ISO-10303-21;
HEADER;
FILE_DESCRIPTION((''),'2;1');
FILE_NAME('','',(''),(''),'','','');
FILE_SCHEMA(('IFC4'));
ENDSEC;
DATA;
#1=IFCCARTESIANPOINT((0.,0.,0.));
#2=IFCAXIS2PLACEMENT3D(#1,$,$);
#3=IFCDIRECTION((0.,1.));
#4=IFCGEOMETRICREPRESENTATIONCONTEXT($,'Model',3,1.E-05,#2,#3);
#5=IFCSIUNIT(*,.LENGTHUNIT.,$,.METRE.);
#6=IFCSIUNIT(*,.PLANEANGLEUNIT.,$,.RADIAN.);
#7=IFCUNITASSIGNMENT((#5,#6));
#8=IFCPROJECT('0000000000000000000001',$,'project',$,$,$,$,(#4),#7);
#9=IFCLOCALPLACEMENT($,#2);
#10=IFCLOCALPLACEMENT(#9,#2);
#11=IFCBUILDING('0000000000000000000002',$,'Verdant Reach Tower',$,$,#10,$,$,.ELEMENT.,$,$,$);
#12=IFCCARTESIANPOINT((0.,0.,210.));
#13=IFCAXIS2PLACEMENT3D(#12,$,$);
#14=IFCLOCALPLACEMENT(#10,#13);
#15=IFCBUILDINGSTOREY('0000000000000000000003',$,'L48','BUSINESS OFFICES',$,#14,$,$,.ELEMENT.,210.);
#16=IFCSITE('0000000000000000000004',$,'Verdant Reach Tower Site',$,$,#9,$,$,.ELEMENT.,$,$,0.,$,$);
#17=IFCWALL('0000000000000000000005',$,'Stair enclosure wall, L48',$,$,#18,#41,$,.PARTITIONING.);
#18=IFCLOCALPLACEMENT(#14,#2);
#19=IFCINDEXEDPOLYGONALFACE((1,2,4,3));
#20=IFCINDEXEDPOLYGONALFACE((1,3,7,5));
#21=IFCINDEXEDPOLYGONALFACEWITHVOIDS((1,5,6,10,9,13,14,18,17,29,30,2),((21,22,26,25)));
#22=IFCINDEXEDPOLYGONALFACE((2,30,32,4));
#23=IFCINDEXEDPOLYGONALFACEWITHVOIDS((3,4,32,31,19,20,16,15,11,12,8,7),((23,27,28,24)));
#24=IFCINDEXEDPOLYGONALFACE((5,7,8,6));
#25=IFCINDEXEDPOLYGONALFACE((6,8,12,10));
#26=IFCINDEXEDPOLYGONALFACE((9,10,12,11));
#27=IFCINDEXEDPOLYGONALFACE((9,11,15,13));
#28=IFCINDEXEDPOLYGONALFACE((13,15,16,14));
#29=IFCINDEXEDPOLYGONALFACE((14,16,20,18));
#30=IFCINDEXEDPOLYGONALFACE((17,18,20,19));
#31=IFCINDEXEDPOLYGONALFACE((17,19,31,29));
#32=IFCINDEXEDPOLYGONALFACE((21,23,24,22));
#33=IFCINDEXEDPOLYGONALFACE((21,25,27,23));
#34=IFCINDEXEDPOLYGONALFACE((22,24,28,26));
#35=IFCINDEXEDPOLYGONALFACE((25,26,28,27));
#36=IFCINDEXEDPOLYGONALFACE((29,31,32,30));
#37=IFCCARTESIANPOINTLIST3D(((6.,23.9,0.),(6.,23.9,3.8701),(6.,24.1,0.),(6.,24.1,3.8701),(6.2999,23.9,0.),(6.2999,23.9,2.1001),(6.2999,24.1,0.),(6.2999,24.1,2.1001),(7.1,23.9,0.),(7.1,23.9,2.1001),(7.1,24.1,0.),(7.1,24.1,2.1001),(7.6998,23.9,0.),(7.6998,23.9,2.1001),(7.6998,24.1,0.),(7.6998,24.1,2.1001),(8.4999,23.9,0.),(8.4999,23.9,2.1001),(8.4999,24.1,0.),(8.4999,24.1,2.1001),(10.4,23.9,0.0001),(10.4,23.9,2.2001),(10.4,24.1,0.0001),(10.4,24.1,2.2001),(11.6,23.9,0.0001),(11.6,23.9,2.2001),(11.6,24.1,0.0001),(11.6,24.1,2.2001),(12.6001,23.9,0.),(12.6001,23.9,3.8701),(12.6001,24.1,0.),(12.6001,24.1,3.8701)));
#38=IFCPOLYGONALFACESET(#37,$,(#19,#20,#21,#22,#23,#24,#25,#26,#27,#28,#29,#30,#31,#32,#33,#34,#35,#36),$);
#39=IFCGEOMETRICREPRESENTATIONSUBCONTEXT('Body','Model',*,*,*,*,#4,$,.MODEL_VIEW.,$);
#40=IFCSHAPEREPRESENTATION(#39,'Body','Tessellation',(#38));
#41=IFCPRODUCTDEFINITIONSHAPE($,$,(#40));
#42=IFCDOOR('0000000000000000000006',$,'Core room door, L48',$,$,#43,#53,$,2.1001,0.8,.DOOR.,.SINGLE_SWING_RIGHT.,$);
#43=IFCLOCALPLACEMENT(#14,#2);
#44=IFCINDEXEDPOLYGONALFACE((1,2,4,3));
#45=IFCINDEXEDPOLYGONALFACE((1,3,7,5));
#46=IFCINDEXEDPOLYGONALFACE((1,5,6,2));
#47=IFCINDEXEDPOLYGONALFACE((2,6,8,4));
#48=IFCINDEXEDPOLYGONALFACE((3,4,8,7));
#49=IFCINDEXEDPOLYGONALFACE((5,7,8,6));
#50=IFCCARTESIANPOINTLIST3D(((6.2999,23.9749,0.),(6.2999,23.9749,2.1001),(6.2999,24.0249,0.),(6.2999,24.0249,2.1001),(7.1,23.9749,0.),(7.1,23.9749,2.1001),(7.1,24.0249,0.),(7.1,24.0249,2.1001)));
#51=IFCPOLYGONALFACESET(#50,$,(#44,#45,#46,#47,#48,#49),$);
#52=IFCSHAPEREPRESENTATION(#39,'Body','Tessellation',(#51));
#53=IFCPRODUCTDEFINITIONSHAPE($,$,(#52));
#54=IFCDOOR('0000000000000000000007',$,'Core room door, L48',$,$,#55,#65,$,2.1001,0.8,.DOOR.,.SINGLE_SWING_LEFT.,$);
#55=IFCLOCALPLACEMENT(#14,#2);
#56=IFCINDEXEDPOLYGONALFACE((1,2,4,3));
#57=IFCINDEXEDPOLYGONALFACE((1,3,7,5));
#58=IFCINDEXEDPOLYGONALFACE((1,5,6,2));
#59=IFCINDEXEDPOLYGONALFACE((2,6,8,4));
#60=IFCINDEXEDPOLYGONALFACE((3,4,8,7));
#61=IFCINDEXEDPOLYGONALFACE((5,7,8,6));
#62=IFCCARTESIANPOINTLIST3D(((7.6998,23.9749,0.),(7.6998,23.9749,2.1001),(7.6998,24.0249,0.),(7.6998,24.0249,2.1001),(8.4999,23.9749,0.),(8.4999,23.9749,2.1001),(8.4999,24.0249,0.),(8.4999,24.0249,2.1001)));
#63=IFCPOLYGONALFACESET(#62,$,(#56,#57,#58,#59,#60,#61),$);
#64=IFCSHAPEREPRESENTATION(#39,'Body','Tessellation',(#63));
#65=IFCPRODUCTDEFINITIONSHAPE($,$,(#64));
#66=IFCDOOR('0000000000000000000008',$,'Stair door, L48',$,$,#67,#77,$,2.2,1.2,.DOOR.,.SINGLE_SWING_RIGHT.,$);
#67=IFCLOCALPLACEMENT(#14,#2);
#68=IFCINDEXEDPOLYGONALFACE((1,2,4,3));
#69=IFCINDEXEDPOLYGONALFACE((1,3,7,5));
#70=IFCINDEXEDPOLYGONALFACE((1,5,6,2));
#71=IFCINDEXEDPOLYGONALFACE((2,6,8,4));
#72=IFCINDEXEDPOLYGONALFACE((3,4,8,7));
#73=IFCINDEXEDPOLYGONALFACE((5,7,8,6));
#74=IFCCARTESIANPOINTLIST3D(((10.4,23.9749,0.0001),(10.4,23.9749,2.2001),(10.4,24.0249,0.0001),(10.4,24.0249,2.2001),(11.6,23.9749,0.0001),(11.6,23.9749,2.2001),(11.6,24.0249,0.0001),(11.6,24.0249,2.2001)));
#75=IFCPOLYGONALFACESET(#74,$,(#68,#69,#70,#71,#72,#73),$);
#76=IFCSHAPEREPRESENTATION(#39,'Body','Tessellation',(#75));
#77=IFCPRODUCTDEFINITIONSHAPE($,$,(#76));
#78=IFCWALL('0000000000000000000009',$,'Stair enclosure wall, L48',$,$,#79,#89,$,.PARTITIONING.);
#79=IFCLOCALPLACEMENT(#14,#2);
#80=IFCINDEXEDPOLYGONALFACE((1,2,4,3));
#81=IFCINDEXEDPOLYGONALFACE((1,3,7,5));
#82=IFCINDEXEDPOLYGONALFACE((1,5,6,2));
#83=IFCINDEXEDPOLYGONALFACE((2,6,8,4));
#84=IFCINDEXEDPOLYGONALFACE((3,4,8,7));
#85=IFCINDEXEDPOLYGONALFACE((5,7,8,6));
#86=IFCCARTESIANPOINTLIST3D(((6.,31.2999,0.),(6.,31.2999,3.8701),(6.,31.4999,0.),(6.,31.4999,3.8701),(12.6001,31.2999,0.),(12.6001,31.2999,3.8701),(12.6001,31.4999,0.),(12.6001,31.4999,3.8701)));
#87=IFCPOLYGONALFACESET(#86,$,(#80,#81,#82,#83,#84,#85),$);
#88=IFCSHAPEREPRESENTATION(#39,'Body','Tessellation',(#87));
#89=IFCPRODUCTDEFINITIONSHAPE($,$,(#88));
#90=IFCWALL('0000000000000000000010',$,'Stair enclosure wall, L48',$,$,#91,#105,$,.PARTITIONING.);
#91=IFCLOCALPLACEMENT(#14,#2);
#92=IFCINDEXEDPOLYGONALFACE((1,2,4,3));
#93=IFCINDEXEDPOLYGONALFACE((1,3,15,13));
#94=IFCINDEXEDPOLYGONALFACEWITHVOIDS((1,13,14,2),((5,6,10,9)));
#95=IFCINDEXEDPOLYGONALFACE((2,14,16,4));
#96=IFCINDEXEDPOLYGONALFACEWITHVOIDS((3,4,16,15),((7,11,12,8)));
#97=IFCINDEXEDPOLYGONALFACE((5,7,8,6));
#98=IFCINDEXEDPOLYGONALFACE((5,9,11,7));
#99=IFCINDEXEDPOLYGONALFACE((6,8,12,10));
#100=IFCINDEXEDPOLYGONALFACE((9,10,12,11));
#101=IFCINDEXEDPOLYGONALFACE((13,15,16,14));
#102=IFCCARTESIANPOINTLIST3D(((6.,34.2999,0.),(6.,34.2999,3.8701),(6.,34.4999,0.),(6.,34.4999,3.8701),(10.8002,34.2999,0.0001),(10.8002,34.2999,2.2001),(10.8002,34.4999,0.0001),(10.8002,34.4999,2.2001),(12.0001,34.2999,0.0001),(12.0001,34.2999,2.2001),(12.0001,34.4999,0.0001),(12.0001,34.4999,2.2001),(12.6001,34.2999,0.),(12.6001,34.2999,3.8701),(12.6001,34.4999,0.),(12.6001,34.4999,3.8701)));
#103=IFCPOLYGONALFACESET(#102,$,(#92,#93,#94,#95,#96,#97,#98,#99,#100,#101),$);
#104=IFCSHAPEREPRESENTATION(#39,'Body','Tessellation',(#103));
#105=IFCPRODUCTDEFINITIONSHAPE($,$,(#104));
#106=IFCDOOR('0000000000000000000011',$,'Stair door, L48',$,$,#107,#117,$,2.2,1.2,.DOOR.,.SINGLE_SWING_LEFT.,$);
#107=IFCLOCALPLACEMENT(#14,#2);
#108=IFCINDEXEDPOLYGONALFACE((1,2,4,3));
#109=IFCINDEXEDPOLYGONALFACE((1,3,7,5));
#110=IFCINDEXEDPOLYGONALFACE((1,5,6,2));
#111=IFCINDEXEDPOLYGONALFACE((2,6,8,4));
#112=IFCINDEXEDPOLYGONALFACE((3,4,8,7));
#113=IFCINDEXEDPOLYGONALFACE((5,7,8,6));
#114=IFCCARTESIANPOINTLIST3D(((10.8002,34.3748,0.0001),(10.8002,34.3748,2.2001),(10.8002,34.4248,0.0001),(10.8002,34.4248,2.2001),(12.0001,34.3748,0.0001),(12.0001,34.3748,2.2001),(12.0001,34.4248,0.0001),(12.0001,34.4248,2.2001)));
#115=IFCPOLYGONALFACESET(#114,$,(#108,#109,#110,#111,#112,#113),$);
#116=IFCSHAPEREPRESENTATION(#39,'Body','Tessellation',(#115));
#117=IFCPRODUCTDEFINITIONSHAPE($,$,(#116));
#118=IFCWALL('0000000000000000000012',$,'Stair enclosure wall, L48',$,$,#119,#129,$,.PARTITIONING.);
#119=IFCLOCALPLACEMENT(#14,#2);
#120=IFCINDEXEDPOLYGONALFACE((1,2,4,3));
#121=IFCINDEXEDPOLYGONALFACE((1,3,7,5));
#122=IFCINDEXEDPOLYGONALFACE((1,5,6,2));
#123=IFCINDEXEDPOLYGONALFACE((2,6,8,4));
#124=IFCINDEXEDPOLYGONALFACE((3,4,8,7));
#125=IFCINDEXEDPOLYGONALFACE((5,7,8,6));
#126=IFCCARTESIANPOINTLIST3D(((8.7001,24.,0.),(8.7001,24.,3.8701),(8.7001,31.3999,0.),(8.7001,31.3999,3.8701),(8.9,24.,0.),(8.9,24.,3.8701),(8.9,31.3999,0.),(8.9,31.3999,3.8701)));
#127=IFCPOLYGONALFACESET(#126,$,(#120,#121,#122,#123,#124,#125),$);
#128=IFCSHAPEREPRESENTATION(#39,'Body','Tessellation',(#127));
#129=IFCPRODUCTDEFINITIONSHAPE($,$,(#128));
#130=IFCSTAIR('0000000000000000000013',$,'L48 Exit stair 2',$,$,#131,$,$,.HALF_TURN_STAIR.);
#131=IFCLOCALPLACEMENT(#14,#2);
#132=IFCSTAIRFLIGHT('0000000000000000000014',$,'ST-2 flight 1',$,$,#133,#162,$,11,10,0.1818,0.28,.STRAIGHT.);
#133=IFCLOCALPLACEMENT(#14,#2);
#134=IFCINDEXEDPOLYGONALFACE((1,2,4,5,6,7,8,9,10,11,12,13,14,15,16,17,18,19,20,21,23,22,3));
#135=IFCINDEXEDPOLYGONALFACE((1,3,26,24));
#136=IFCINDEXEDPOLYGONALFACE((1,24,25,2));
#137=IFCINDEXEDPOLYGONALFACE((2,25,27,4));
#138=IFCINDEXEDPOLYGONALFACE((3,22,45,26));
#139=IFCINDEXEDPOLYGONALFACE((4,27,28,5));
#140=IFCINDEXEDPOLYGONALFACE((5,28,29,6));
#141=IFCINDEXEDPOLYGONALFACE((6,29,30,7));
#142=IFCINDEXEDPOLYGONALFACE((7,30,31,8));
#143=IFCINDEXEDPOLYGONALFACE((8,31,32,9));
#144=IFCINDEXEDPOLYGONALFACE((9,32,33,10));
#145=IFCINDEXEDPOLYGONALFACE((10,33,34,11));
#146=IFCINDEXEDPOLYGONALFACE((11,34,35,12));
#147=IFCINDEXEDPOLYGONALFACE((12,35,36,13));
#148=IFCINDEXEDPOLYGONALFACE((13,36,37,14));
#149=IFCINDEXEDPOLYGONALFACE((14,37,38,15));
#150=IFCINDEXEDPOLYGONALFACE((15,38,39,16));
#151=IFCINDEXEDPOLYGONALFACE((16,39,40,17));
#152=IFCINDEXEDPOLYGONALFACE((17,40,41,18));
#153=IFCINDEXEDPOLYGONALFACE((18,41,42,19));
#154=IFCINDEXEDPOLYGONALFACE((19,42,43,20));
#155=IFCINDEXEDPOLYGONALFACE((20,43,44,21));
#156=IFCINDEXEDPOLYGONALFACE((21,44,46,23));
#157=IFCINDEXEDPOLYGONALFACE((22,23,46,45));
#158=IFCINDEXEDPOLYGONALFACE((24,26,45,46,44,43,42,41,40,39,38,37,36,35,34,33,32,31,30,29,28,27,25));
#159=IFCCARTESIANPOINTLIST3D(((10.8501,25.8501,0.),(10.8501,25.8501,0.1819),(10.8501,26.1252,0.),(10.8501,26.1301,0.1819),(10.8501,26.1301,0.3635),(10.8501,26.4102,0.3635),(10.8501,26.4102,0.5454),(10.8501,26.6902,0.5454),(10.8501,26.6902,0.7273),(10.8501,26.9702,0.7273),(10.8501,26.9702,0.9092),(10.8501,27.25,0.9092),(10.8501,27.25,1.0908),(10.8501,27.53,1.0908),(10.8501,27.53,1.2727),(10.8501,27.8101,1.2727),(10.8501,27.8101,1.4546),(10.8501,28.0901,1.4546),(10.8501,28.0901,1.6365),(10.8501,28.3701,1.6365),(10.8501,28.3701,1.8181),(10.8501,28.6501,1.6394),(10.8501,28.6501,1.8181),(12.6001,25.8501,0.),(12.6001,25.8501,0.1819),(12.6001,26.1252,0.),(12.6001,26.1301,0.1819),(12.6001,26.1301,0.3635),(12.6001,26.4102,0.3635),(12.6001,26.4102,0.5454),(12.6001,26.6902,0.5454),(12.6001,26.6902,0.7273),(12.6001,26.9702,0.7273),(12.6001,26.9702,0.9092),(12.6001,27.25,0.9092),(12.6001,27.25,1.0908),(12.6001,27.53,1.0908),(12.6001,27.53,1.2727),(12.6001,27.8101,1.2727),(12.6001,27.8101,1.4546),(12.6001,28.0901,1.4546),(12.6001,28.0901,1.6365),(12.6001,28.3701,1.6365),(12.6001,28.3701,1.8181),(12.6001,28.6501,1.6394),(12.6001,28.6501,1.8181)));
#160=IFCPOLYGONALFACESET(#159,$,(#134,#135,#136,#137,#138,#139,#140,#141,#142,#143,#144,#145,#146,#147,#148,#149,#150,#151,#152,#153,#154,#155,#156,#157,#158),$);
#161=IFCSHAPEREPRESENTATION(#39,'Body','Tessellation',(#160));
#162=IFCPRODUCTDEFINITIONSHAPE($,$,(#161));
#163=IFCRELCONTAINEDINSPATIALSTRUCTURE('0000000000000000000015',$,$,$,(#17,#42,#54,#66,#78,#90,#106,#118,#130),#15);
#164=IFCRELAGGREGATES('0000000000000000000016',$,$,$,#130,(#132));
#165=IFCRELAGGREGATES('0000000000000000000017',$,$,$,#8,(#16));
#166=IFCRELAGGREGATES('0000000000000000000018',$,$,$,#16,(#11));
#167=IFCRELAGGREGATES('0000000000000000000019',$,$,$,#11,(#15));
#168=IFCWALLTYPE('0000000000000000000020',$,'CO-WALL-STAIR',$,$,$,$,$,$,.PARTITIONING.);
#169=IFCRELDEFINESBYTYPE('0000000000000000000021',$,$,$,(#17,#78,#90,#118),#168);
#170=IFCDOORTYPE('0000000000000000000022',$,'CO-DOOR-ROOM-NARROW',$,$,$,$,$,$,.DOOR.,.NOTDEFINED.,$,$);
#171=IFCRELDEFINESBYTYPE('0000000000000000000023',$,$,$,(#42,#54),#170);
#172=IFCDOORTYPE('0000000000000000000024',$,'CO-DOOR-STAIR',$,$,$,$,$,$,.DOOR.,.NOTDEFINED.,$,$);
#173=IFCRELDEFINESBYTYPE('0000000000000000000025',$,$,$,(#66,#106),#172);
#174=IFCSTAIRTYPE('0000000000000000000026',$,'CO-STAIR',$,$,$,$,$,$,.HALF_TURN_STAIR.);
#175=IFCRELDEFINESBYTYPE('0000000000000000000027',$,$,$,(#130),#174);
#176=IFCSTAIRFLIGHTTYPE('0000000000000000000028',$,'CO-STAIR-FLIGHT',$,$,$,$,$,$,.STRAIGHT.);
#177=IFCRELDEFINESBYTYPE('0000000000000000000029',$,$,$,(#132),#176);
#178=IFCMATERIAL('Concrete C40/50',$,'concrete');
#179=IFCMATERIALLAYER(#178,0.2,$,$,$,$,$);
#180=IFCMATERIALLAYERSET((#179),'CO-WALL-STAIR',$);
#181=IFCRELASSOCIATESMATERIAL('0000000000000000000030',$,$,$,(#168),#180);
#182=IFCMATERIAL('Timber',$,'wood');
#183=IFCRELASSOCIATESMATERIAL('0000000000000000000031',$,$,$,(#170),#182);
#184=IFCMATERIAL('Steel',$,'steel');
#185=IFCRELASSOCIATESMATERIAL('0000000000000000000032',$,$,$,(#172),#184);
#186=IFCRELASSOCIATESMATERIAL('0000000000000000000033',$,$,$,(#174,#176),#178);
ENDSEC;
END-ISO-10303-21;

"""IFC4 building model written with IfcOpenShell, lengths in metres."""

from ifc_helpers import new_model, si_unit, direction, frame, frame_2d, origin, place, context, subcontext, project, spatial, polyline, rectangle, outline, extrude, material, layer, layer_set, type_object, element, fill, aggregate, save


model = new_model("IFC4")

# Units and contexts
model_context = context("Model", 3, precision=1e-05, world=origin(), true_north=direction((0.0, 1.0)))
body_context = subcontext(model_context, "Body", "Model", "MODEL_VIEW")
ifc_project = project(units=[si_unit("LENGTHUNIT", "METRE"), si_unit("PLANEANGLEUNIT", "RADIAN")], contexts=[model_context])

# Site, building, storey
site_placement = place(None, origin())
site = spatial("IfcSite", under=ifc_project, at=site_placement, Name="Verdant Reach Tower Site", CompositionType="ELEMENT", RefElevation=0.0)
building_placement = place(site_placement, origin())
building = spatial("IfcBuilding", under=site, at=building_placement, Name="Verdant Reach Tower", CompositionType="ELEMENT")
storey_placement = place(building_placement, frame((0.0, 0.0, 210.0)))
storey = spatial("IfcBuildingStorey", under=building, at=storey_placement, Name="L48", Description="BUSINESS OFFICES", CompositionType="ELEMENT", Elevation=210.0)

# Shared definitions
ifc_material_1 = material(Name="Timber", Category="wood")

# Shared definitions
ifc_material_2 = material(Name="Concrete C40/50", Category="concrete")

# Wall, openings, doors
ifc_layer_1 = layer(ifc_material_2, 0.2)
ifc_layer_set_1 = layer_set([ifc_layer_1], Name="CO-WALL-STAIR")
wall_type_1 = type_object("IfcWallType", Name="CO-WALL-STAIR", PredefinedType="PARTITIONING", material=ifc_layer_set_1)
wall_1_placement = place(storey_placement, frame((6.0, 24.0, 0.0), z_axis=(0.0, 0.0, 1.0), x_axis=(1.0, 0.0, 0.0)))
wall_1 = element("IfcWall", 1, at=wall_1_placement, inside=storey, type_object=wall_type_1, Name="Stair enclosure wall, L48", PredefinedType="PARTITIONING", context=body_context, shape_type="SweptSolid", body=[
    extrude(rectangle(XDim=6.6001, YDim=0.2, at=frame_2d((3.3, 0.0))), origin(), (0.0, 0.0, 1.0), 3.8701),
])
opening_1_placement = place(wall_1_placement, frame((0.3, 0.0, 0.0)))
opening_1 = element("IfcOpeningElement", 2, at=opening_1_placement, cuts=wall_1, PredefinedType="OPENING", context=body_context, shape_type="SweptSolid", body=[
    extrude(rectangle(XDim=0.8, YDim=2.1001, at=frame_2d((0.3999, 1.05))), frame((0.0, 0.1099, 0.0), z_axis=(0.0, -1.0, 0.0), x_axis=(1.0, 0.0, 0.0)), (0.0, 0.0, 1.0), 0.22),
])
opening_2_placement = place(wall_1_placement, frame((1.7, 0.0, 0.0)))
opening_2 = element("IfcOpeningElement", 3, at=opening_2_placement, cuts=wall_1, PredefinedType="OPENING", context=body_context, shape_type="SweptSolid", body=[
    extrude(rectangle(XDim=0.8, YDim=2.1001, at=frame_2d((0.3999, 1.05))), frame((0.0, 0.1099, 0.0), z_axis=(0.0, -1.0, 0.0), x_axis=(1.0, 0.0, 0.0)), (0.0, 0.0, 1.0), 0.22),
])
opening_3_placement = place(wall_1_placement, frame((4.3999, 0.0, 0.0)))
opening_3 = element("IfcOpeningElement", 4, at=opening_3_placement, cuts=wall_1, PredefinedType="OPENING", context=body_context, shape_type="SweptSolid", body=[
    extrude(rectangle(XDim=1.2, YDim=2.2, at=frame_2d((0.6001, 1.1001))), frame((0.0, 0.1099, 0.0), z_axis=(0.0, -1.0, 0.0), x_axis=(1.0, 0.0, 0.0)), (0.0, 0.0, 1.0), 0.22),
])
door_type_1 = type_object("IfcDoorType", Name="CO-DOOR-ROOM-NARROW", OperationType="NOTDEFINED", PredefinedType="DOOR", material=ifc_material_1)
door_1_placement = place(opening_1_placement, origin())
door_1 = element("IfcDoor", 5, at=door_1_placement, inside=storey, type_object=door_type_1, Name="Core room door, L48", OperationType="SINGLE_SWING_RIGHT", OverallHeight=2.1001, OverallWidth=0.8, PredefinedType="DOOR", context=body_context, shape_type="SweptSolid", body=[
    extrude(rectangle(XDim=0.8, YDim=2.1001, at=frame_2d((0.3999, 1.05))), frame((0.0, 0.0249, 0.0), z_axis=(0.0, -1.0, 0.0), x_axis=(1.0, 0.0, 0.0)), (0.0, 0.0, 1.0), 0.05),
])
fill(opening_1, door_1)
door_2_placement = place(opening_2_placement, origin())
door_2 = element("IfcDoor", 6, at=door_2_placement, inside=storey, type_object=door_type_1, Name="Core room door, L48", OperationType="SINGLE_SWING_LEFT", OverallHeight=2.1001, OverallWidth=0.8, PredefinedType="DOOR", context=body_context, shape_type="SweptSolid", body=[
    extrude(rectangle(XDim=0.8, YDim=2.1001, at=frame_2d((0.3999, 1.05))), frame((0.0, 0.0249, 0.0), z_axis=(0.0, -1.0, 0.0), x_axis=(1.0, 0.0, 0.0)), (0.0, 0.0, 1.0), 0.05),
])
fill(opening_2, door_2)
ifc_material_3 = material(Name="Steel", Category="steel")
door_type_2 = type_object("IfcDoorType", Name="CO-DOOR-STAIR", OperationType="NOTDEFINED", PredefinedType="DOOR", material=ifc_material_3)
door_3_placement = place(opening_3_placement, origin())
door_3 = element("IfcDoor", 7, at=door_3_placement, inside=storey, type_object=door_type_2, Name="Stair door, L48", OperationType="SINGLE_SWING_RIGHT", OverallHeight=2.2, OverallWidth=1.2, PredefinedType="DOOR", context=body_context, shape_type="SweptSolid", body=[
    extrude(rectangle(XDim=1.2, YDim=2.2, at=frame_2d((0.6001, 1.1001))), frame((0.0, 0.0249, 0.0), z_axis=(0.0, -1.0, 0.0), x_axis=(1.0, 0.0, 0.0)), (0.0, 0.0, 1.0), 0.05),
])
fill(opening_3, door_3)

# Wall
wall_2_placement = place(storey_placement, frame((6.0, 31.3999, 0.0), z_axis=(0.0, 0.0, 1.0), x_axis=(1.0, 0.0, 0.0)))
element("IfcWall", 8, at=wall_2_placement, inside=storey, type_object=wall_type_1, Name="Stair enclosure wall, L48", PredefinedType="PARTITIONING", context=body_context, shape_type="SweptSolid", body=[
    extrude(rectangle(XDim=6.6001, YDim=0.2, at=frame_2d((3.3, 0.0))), origin(), (0.0, 0.0, 1.0), 3.8701),
])

# Wall, opening, door
wall_3_placement = place(storey_placement, frame((6.0, 34.3999, 0.0), z_axis=(0.0, 0.0, 1.0), x_axis=(1.0, 0.0, 0.0)))
wall_3 = element("IfcWall", 9, at=wall_3_placement, inside=storey, type_object=wall_type_1, Name="Stair enclosure wall, L48", PredefinedType="PARTITIONING", context=body_context, shape_type="SweptSolid", body=[
    extrude(rectangle(XDim=6.6001, YDim=0.2, at=frame_2d((3.3, 0.0))), origin(), (0.0, 0.0, 1.0), 3.8701),
])
opening_4_placement = place(wall_3_placement, frame((4.8, 0.0, 0.0)))
opening_4 = element("IfcOpeningElement", 10, at=opening_4_placement, cuts=wall_3, PredefinedType="OPENING", context=body_context, shape_type="SweptSolid", body=[
    extrude(rectangle(XDim=1.2, YDim=2.2, at=frame_2d((0.6001, 1.1001))), frame((0.0, 0.1099, 0.0), z_axis=(0.0, -1.0, 0.0), x_axis=(1.0, 0.0, 0.0)), (0.0, 0.0, 1.0), 0.22),
])
door_4_placement = place(opening_4_placement, origin())
door_4 = element("IfcDoor", 11, at=door_4_placement, inside=storey, type_object=door_type_2, Name="Stair door, L48", OperationType="SINGLE_SWING_LEFT", OverallHeight=2.2, OverallWidth=1.2, PredefinedType="DOOR", context=body_context, shape_type="SweptSolid", body=[
    extrude(rectangle(XDim=1.2, YDim=2.2, at=frame_2d((0.6001, 1.1001))), frame((0.0, 0.0249, 0.0), z_axis=(0.0, -1.0, 0.0), x_axis=(1.0, 0.0, 0.0)), (0.0, 0.0, 1.0), 0.05),
])
fill(opening_4, door_4)

# Wall
wall_4_placement = place(storey_placement, frame((8.8, 24.0, 0.0), z_axis=(0.0, 0.0, 1.0), x_axis=(0.0, 1.0, 0.0)))
element("IfcWall", 12, at=wall_4_placement, inside=storey, type_object=wall_type_1, Name="Stair enclosure wall, L48", PredefinedType="PARTITIONING", context=body_context, shape_type="SweptSolid", body=[
    extrude(rectangle(XDim=7.3999, YDim=0.2, at=frame_2d((3.7, 0.0))), origin(), (0.0, 0.0, 1.0), 3.8701),
])

# Stair, stair flight
stair_type = type_object("IfcStairType", Name="CO-STAIR", PredefinedType="HALF_TURN_STAIR", material=ifc_material_2)
stair_1_placement = place(storey_placement, origin())
stair_1 = element("IfcStair", 13, at=stair_1_placement, inside=storey, type_object=stair_type, Name="L48 Exit stair 2", PredefinedType="HALF_TURN_STAIR")
stair_flight_type = type_object("IfcStairFlightType", Name="CO-STAIR-FLIGHT", PredefinedType="STRAIGHT", material=ifc_material_2)
stair_flight_1_placement = place(storey_placement, frame((11.7251, 25.8501, 0.0), z_axis=(0.0, 0.0, 1.0), x_axis=(0.0, 1.0, 0.0)))
stair_flight_1 = element("IfcStairFlight", 14, at=stair_flight_1_placement, type_object=stair_flight_type, Name="ST-2 flight 1", NumberOfRisers=11, NumberOfTreads=10, PredefinedType="STRAIGHT", RiserHeight=0.1818, TreadLength=0.28, context=body_context, shape_type="SweptSolid", body=[
    extrude(outline(polyline([(0.0, 0.0), (0.0, 0.1819), (0.28, 0.1819), (0.28, 0.3635), (0.5601, 0.3635), (0.5601, 0.5454), (0.8401, 0.5454), (0.8401, 0.7273), (1.1201, 0.7273), (1.1201, 0.9092), (1.3999, 0.9092), (1.3999, 1.0908), (1.6799, 1.0908), (1.6799, 1.2727), (1.96, 1.2727), (1.96, 1.4546), (2.24, 1.4546), (2.24, 1.6365), (2.52, 1.6365), (2.52, 1.8181), (2.8, 1.8181), (2.8, 2.0), (2.8, 1.6394), (0.2751, 0.0), (0.0, 0.0)])), frame((0.0, 0.875, 0.0), z_axis=(0.0, -1.0, 0.0), x_axis=(1.0, 0.0, 0.0)), (0.0, 0.0, 1.0), 1.75),
])
aggregate(stair_1, [stair_flight_1])

save(model, "model.ifc")
